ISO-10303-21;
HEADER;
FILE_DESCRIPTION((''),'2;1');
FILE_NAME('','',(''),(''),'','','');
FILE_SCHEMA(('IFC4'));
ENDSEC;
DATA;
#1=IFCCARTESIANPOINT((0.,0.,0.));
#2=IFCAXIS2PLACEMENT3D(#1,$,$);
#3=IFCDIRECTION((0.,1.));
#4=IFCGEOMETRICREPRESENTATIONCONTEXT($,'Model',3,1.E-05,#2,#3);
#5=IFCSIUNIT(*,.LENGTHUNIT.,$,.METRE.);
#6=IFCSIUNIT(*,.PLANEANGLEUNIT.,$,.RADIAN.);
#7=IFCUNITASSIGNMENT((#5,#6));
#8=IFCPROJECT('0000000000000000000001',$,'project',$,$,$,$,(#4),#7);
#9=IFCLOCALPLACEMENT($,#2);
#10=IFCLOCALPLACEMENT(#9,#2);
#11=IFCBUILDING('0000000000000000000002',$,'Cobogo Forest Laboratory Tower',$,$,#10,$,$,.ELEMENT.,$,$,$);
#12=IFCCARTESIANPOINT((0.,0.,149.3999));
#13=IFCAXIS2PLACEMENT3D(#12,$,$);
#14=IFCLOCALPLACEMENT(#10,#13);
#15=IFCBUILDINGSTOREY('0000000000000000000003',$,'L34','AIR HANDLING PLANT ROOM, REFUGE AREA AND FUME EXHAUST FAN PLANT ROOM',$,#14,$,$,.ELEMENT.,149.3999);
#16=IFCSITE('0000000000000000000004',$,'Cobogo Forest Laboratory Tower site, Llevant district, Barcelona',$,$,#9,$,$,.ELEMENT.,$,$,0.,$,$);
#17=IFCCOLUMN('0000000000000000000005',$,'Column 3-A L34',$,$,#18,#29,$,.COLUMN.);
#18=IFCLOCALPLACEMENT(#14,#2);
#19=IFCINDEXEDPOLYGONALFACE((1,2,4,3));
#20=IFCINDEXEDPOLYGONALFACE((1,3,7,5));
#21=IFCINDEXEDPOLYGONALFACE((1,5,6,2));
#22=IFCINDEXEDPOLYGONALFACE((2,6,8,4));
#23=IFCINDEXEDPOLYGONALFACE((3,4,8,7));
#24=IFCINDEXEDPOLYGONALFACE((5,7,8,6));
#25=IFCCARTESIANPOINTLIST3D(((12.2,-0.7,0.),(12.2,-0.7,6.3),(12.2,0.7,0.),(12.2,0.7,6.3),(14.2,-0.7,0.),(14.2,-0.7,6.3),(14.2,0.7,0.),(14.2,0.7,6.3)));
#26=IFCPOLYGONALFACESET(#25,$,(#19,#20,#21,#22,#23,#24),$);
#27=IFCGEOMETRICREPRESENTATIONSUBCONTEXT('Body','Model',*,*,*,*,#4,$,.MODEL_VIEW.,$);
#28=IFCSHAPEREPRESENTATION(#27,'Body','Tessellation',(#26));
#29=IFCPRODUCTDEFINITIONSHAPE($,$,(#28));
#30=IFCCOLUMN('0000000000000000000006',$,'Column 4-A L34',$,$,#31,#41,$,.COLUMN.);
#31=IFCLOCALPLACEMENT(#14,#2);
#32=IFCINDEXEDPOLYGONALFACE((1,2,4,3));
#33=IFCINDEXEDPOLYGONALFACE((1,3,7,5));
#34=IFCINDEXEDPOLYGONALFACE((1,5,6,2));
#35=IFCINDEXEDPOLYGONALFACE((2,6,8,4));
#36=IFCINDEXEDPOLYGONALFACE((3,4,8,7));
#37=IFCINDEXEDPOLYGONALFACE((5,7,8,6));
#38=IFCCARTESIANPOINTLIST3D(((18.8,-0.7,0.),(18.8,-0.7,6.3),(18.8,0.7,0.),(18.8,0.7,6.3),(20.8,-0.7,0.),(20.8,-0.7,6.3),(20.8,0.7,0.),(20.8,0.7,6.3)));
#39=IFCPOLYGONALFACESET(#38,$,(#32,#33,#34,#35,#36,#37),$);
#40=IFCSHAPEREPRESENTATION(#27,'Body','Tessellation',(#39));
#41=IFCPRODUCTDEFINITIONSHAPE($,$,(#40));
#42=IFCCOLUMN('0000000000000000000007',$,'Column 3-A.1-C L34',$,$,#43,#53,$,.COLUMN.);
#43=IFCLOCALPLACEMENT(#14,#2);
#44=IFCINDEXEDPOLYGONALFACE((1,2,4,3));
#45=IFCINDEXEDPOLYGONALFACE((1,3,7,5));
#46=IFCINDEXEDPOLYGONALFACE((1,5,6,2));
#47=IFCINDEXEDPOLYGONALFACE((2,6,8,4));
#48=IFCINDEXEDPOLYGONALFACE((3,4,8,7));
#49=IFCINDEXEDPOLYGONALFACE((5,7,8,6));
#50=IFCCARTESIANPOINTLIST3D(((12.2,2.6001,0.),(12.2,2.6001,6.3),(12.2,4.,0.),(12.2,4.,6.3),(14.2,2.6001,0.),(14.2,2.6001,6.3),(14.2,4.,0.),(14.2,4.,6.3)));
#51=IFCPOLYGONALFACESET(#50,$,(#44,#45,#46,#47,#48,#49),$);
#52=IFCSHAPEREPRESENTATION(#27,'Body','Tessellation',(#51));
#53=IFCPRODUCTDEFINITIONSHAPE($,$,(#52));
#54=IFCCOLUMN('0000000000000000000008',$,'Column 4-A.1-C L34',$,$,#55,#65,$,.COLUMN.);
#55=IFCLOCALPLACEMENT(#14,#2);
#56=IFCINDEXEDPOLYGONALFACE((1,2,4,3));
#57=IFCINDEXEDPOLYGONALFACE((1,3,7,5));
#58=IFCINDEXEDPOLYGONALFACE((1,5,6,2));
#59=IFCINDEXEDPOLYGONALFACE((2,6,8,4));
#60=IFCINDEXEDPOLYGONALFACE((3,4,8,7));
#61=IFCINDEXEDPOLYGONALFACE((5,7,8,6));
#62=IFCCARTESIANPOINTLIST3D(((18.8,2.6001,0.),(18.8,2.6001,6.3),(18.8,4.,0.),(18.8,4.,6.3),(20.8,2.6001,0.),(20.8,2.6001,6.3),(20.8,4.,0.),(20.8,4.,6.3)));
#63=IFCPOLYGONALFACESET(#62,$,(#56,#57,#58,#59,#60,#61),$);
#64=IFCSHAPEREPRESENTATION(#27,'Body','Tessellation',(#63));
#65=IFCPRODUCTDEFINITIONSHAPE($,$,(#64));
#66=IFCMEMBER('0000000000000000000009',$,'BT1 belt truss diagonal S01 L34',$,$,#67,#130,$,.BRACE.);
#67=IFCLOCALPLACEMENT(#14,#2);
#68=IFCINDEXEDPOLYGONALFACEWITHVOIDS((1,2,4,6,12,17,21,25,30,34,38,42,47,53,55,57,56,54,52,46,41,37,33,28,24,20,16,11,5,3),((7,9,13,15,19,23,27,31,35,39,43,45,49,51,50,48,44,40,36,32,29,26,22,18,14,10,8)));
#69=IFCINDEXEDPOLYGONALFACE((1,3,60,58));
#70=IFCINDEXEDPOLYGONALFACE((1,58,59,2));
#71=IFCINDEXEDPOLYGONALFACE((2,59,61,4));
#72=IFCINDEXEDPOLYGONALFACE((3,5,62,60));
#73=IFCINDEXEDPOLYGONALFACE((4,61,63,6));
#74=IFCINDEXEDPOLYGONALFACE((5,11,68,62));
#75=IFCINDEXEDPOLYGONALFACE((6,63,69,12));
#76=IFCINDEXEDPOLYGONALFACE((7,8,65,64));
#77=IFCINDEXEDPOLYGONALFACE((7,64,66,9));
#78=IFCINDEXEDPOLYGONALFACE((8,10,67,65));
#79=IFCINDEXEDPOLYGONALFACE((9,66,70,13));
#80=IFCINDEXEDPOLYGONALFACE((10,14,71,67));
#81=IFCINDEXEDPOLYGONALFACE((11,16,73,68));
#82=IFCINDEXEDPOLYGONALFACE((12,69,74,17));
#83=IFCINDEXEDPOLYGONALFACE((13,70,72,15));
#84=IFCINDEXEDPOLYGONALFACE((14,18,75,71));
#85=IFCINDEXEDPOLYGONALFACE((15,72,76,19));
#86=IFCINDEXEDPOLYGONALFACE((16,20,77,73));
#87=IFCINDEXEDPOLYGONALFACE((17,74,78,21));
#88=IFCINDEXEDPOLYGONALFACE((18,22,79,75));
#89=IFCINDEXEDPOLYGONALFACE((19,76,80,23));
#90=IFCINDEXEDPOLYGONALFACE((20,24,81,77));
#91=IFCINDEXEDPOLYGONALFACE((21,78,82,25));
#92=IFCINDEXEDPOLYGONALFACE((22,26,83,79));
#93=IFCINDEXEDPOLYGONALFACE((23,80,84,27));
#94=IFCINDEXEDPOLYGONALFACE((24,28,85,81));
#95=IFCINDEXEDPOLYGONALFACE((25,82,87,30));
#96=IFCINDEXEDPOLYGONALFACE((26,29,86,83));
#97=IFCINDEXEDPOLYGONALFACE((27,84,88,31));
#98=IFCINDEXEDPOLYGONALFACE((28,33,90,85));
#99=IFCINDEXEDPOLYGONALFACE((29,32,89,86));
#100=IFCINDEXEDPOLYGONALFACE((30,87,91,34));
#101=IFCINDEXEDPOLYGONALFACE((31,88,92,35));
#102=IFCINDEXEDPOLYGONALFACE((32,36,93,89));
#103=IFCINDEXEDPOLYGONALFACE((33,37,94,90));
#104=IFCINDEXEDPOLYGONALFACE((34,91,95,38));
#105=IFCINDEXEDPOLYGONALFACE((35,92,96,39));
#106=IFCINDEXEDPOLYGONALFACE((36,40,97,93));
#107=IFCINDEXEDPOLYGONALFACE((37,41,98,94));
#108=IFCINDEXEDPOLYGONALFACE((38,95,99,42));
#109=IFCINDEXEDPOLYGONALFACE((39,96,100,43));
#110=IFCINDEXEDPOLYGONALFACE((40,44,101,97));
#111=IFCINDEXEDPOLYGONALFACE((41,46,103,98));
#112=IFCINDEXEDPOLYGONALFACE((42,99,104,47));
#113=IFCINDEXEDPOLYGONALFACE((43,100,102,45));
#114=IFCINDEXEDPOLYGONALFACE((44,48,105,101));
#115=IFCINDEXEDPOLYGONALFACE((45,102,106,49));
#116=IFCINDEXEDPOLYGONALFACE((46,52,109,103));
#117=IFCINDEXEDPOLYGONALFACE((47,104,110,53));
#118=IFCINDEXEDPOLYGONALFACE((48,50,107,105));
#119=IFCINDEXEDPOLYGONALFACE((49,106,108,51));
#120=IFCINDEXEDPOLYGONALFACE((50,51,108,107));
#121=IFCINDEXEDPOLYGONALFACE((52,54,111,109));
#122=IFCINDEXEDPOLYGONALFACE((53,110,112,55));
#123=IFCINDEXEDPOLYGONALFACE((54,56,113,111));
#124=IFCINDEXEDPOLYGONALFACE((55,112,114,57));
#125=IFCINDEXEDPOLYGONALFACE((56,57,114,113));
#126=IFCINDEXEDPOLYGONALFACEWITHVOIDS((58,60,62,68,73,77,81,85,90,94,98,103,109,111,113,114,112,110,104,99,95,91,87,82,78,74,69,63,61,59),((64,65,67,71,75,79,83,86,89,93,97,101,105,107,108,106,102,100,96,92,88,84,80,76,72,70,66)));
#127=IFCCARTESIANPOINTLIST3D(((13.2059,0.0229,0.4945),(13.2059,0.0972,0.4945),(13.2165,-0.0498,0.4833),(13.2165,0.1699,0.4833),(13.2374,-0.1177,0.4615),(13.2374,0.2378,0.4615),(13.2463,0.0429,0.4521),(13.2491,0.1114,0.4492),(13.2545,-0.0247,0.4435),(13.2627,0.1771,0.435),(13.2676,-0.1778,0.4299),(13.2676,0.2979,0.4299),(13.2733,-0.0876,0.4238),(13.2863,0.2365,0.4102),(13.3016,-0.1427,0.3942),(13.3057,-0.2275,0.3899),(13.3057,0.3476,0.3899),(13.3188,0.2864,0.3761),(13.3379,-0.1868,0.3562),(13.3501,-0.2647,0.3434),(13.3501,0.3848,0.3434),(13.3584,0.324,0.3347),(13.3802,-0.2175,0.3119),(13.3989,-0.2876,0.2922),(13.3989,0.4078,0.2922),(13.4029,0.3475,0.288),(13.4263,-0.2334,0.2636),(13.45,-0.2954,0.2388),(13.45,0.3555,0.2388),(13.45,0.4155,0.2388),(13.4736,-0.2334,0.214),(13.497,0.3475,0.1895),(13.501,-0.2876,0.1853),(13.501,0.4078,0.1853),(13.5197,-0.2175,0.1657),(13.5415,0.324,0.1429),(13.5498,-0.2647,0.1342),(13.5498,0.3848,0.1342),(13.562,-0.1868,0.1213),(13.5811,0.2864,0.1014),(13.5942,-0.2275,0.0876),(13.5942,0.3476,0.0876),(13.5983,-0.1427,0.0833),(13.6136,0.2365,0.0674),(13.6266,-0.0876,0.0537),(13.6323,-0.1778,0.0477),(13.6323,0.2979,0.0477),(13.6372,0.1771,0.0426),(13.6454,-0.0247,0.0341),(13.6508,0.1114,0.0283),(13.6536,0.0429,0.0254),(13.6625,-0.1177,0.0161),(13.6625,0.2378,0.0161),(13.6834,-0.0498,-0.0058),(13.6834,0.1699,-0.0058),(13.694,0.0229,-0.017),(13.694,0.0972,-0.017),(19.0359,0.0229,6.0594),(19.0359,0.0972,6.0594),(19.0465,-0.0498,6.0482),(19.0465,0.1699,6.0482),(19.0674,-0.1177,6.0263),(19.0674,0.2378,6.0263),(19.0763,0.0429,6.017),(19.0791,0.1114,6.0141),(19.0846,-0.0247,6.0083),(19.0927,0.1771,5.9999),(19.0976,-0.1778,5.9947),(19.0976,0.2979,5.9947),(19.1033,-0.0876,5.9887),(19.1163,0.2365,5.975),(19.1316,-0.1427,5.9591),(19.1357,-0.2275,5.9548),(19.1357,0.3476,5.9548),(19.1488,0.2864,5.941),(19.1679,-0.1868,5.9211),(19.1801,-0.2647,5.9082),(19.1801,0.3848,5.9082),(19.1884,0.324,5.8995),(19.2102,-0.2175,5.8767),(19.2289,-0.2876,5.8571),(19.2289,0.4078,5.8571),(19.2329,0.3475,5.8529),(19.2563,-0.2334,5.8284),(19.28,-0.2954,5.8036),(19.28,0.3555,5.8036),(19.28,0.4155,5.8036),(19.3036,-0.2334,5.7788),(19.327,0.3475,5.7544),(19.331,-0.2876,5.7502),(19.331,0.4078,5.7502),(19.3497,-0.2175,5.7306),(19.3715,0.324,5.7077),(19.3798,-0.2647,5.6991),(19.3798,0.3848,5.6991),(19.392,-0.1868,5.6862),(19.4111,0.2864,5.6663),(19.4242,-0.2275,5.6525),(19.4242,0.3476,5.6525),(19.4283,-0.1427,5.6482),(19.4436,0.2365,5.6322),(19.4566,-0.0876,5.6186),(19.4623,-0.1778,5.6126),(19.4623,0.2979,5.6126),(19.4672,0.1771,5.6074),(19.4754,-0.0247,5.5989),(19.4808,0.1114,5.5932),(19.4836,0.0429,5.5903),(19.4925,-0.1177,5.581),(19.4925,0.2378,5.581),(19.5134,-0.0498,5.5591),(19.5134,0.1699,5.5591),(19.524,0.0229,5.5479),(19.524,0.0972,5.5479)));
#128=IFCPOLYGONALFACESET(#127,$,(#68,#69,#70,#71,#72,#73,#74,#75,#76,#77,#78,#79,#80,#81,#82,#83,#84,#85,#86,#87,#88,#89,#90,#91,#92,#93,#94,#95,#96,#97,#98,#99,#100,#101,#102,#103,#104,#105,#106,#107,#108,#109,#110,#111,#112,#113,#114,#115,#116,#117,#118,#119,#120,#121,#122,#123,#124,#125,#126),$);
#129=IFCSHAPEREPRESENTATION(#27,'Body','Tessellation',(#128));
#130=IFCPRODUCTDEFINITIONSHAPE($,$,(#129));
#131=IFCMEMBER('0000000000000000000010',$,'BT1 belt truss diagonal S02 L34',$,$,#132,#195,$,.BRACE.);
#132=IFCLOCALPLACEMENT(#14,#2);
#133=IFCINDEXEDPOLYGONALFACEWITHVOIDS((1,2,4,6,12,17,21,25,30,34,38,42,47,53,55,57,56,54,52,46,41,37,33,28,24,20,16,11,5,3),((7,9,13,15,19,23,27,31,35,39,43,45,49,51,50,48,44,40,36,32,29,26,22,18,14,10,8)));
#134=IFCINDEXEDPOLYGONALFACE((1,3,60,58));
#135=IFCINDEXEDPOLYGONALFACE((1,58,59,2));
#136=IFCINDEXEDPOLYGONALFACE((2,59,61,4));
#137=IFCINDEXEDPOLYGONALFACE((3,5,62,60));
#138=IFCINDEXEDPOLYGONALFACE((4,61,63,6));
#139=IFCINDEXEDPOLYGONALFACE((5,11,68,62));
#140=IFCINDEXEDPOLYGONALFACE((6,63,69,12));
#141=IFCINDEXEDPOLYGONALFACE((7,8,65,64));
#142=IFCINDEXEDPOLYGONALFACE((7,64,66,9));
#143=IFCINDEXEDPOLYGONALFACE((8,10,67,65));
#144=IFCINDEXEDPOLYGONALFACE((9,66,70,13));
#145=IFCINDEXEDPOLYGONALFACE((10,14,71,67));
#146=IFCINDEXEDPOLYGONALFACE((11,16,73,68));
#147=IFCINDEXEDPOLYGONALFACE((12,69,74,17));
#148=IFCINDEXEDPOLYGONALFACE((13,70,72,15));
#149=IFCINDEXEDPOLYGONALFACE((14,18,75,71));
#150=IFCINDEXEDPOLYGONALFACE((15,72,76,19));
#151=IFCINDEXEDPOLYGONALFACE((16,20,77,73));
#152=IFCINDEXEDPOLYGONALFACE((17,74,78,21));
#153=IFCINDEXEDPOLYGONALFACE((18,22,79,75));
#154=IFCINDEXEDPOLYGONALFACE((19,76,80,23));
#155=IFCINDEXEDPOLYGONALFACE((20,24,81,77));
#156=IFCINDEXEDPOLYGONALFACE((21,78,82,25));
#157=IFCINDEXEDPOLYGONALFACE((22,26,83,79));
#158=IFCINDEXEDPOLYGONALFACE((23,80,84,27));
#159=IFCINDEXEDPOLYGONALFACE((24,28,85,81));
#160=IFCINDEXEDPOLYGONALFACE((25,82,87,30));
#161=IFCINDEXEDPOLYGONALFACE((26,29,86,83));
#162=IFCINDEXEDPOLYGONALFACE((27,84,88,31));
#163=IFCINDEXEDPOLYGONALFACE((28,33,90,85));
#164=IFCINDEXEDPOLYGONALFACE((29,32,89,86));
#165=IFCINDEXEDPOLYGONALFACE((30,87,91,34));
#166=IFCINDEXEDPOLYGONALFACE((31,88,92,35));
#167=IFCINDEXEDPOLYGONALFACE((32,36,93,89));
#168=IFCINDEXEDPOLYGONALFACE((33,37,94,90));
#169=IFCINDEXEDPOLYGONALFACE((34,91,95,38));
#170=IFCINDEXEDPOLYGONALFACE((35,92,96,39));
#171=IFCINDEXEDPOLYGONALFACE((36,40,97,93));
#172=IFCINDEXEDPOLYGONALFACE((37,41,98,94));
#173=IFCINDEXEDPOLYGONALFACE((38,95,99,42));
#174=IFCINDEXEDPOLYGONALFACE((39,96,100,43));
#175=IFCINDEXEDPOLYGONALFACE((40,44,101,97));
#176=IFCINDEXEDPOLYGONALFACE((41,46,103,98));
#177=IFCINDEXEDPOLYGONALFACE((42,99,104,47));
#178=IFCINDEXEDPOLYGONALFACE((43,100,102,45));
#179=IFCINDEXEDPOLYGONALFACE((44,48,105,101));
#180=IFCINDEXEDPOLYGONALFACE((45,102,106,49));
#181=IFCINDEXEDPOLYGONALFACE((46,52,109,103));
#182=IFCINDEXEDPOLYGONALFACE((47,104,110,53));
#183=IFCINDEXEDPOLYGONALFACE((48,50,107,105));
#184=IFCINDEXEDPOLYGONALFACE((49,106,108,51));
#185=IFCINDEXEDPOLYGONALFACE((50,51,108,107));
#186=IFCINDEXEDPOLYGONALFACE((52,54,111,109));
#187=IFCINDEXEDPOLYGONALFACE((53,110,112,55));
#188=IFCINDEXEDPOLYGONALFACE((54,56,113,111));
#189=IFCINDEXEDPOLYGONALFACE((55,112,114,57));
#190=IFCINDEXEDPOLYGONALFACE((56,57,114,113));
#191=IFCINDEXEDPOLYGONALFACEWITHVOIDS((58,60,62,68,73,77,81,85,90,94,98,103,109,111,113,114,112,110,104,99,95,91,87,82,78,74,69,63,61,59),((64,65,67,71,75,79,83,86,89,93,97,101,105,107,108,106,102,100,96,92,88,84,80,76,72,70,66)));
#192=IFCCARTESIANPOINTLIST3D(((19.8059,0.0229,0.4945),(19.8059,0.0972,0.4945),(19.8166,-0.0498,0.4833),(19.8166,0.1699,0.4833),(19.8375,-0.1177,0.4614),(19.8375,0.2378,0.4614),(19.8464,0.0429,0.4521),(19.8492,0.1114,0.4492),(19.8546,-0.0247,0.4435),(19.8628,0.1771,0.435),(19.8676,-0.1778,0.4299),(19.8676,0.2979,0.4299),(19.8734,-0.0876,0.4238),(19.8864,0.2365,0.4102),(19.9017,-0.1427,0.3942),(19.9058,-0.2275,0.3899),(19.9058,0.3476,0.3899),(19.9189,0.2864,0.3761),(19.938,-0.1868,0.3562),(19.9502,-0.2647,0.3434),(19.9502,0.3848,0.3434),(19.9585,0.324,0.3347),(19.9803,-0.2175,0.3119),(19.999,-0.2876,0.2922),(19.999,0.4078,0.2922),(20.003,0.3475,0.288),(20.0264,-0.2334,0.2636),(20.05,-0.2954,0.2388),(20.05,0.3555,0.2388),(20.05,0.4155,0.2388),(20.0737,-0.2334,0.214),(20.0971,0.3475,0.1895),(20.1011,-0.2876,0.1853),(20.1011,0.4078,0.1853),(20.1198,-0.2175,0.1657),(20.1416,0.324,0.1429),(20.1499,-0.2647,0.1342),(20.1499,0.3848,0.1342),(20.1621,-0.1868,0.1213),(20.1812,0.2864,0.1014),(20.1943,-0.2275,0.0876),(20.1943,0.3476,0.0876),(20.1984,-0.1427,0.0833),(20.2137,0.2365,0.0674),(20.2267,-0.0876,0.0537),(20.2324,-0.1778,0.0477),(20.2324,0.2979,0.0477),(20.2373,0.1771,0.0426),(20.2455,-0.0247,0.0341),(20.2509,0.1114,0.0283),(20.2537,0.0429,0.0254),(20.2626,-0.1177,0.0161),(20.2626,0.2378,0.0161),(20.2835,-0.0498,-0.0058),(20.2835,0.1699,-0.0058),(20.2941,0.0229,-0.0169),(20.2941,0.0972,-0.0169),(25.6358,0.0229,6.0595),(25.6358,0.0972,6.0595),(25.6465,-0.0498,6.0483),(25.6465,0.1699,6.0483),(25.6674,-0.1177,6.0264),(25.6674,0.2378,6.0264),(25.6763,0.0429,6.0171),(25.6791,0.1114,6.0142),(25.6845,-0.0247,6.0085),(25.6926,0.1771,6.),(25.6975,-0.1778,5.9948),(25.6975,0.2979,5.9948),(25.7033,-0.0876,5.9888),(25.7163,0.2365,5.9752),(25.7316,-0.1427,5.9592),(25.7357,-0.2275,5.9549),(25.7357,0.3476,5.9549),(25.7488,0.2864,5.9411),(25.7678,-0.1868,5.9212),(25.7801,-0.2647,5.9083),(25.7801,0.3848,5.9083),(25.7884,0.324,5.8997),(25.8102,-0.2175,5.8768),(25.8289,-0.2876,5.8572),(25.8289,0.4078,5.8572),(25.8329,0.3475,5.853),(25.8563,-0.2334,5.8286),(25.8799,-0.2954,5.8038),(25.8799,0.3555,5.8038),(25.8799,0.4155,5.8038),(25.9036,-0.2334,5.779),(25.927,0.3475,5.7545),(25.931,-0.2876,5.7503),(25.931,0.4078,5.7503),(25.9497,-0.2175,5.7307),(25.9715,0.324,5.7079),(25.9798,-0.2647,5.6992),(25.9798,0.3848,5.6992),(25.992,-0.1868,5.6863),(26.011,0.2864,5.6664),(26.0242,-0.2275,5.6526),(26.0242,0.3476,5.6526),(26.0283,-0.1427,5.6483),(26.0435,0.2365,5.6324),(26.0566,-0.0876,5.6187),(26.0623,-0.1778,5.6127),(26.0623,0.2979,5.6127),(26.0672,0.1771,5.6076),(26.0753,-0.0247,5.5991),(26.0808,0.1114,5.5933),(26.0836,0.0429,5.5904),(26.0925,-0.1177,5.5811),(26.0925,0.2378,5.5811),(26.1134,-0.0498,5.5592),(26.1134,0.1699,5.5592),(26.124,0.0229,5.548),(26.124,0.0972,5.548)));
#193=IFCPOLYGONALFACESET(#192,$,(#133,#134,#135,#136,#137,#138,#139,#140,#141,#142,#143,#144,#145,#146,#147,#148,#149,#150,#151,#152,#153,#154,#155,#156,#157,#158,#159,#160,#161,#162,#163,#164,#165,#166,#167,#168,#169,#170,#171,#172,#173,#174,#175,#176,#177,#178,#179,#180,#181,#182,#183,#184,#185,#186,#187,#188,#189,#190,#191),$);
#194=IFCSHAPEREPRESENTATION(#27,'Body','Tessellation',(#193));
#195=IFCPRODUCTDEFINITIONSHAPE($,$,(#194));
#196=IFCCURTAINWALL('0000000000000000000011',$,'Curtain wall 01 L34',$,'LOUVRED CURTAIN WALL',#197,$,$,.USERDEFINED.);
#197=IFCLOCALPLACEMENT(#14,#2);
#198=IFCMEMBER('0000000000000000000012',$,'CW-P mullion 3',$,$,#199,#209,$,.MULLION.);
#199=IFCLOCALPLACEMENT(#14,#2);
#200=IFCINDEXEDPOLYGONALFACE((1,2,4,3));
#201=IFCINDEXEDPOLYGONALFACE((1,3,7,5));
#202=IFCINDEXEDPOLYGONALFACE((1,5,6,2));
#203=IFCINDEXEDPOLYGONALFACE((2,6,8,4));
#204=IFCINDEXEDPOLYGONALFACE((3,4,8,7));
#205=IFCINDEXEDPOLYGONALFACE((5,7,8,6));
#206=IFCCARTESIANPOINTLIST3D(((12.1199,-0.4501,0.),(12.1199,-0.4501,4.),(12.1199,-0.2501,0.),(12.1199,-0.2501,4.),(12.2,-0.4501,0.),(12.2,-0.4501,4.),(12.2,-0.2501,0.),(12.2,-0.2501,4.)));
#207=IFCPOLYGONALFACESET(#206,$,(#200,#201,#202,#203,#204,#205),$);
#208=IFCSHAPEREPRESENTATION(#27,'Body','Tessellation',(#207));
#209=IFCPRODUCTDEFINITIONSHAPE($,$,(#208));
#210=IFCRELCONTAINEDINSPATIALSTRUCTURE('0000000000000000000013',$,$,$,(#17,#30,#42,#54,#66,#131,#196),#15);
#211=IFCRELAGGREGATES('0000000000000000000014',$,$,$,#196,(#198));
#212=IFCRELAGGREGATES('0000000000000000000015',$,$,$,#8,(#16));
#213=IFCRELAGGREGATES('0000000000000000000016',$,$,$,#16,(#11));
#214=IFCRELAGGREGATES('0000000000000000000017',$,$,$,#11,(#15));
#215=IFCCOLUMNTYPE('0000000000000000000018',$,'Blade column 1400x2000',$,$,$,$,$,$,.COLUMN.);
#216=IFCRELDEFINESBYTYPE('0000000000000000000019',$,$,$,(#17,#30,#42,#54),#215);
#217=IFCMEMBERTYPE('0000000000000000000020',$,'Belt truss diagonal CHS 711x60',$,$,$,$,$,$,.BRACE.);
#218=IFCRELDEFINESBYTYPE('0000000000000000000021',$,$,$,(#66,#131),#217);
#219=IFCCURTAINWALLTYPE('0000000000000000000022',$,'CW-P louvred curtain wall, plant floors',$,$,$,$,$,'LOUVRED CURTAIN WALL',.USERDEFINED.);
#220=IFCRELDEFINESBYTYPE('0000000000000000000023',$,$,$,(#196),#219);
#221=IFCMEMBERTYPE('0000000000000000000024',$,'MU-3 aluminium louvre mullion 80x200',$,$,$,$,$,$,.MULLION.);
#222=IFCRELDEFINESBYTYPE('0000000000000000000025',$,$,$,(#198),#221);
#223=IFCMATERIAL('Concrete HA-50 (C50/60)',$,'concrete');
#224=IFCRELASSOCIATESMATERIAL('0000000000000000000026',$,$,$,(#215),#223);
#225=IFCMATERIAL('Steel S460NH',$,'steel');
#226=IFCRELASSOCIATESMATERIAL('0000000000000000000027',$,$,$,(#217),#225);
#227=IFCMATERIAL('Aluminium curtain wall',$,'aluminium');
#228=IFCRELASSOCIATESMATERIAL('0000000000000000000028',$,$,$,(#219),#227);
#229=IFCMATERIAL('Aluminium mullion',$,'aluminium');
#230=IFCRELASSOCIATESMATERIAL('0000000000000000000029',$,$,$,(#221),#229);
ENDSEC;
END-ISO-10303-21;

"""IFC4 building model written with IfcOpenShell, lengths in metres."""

from ifc_helpers import new_model, si_unit, direction, frame, origin, origin_2d, place, context, subcontext, project, spatial, rectangle, hollow_circle, extrude, material, material_profile, profile_set, type_object, element, aggregate, save


model = new_model("IFC4")

# Units and contexts
model_context = context("Model", 3, precision=1e-05, world=origin(), true_north=direction((0.0, 1.0)))
body_context = subcontext(model_context, "Body", "Model", "MODEL_VIEW")
ifc_project = project(units=[si_unit("LENGTHUNIT", "METRE"), si_unit("PLANEANGLEUNIT", "RADIAN")], contexts=[model_context])

# Site, building, storey
site_placement = place(None, origin())
site = spatial("IfcSite", under=ifc_project, at=site_placement, Name="Cobogo Forest Laboratory Tower site, Llevant district, Barcelona", CompositionType="ELEMENT", RefElevation=0.0)
building_placement = place(site_placement, origin())
building = spatial("IfcBuilding", under=site, at=building_placement, Name="Cobogo Forest Laboratory Tower", CompositionType="ELEMENT")
storey_placement = place(building_placement, frame((0.0, 0.0, 149.3999)))
storey = spatial("IfcBuildingStorey", under=building, at=storey_placement, Name="L34", Description="AIR HANDLING PLANT ROOM, REFUGE AREA AND FUME EXHAUST FAN PLANT ROOM", CompositionType="ELEMENT", Elevation=149.3999)

# Columns
ifc_material_1 = material(Name="Concrete HA-50 (C50/60)", Category="concrete")
ifc_material_profile_1 = material_profile(ifc_material_1, rectangle(XDim=2.0, YDim=1.3999, at=origin_2d()), Name="RC 1400x2000")
ifc_profile_set_1 = profile_set([ifc_material_profile_1], Name="Concrete HA-50 (C50/60)")
column_type = type_object("IfcColumnType", Name="Blade column 1400x2000", PredefinedType="COLUMN", material=ifc_profile_set_1)
for number, where, z_axis, x_axis, name in (
    (1, (13.2, 0.0, 0.0), (0.0, 0.0, 1.0), (1.0, 0.0, 0.0), "Column 3-A L34"),
    (2, (19.8, 0.0, 0.0), (0.0, 0.0, 1.0), (1.0, 0.0, 0.0), "Column 4-A L34"),
    (3, (13.2, 3.3, 0.0), (0.0, 0.0, 1.0), (1.0, 0.0, 0.0), "Column 3-A.1-C L34"),
    (4, (19.8, 3.3, 0.0), (0.0, 0.0, 1.0), (1.0, 0.0, 0.0), "Column 4-A.1-C L34"),
):
    element("IfcColumn", number, at=place(storey_placement, frame(where, z_axis=z_axis, x_axis=x_axis)), inside=storey, type_object=column_type, Name=name, PredefinedType="COLUMN", context=body_context, shape_type="SweptSolid", body=[
        extrude(rectangle(XDim=2.0, YDim=1.3999, at=origin_2d()), origin(), (0.0, 0.0, 1.0), 6.3),
    ])

# Members
ifc_material_2 = material(Name="Steel S460NH", Category="steel")
ifc_material_profile_2 = material_profile(ifc_material_2, hollow_circle(Radius=0.3555, WallThickness=0.0601, at=origin_2d()), Name="CHS 711x60")
ifc_profile_set_2 = profile_set([ifc_material_profile_2], Name="Steel S460NH")
member_type_1 = type_object("IfcMemberType", Name="Belt truss diagonal CHS 711x60", PredefinedType="BRACE", material=ifc_profile_set_2)
for number, where, z_axis, x_axis, name in (
    (5, (13.45, 0.0601, 0.2388), (0.723364, 0.0, 0.690467), (0.0, 1.0, 0.0), "BT1 belt truss diagonal S01 L34"),
    (6, (20.05, 0.0601, 0.2388), (0.723349, 0.0, 0.690482), (0.0, 1.0, 0.0), "BT1 belt truss diagonal S02 L34"),
):
    element("IfcMember", number, at=place(storey_placement, frame(where, z_axis=z_axis, x_axis=x_axis)), inside=storey, type_object=member_type_1, Name=name, PredefinedType="BRACE", context=body_context, shape_type="SweptSolid", body=[
        extrude(hollow_circle(Radius=0.3555, WallThickness=0.0601, at=origin_2d()), origin(), (0.0, 0.0, 1.0), 8.0596),
    ])

# Curtain wall, member
ifc_material_3 = material(Name="Aluminium curtain wall", Category="aluminium")
curtain_wall_type = type_object("IfcCurtainWallType", Name="CW-P louvred curtain wall, plant floors", ElementType="LOUVRED CURTAIN WALL", PredefinedType="USERDEFINED", material=ifc_material_3)
curtain_wall_1_placement = place(storey_placement, origin())
curtain_wall_1 = element("IfcCurtainWall", 7, at=curtain_wall_1_placement, inside=storey, type_object=curtain_wall_type, Name="Curtain wall 01 L34", ObjectType="LOUVRED CURTAIN WALL", PredefinedType="USERDEFINED")
ifc_material_4 = material(Name="Aluminium mullion", Category="aluminium")
ifc_material_profile_3 = material_profile(ifc_material_4, rectangle(XDim=0.0801, YDim=0.2, at=origin_2d()), Name="AL 80x200")
ifc_profile_set_3 = profile_set([ifc_material_profile_3], Name="Aluminium mullion")
member_type_2 = type_object("IfcMemberType", Name="MU-3 aluminium louvre mullion 80x200", PredefinedType="MULLION", material=ifc_profile_set_3)
member_1_placement = place(storey_placement, frame((12.1599, -0.3501, 0.0), z_axis=(0.0, 0.0, 1.0), x_axis=(1.0, 0.0, 0.0)))
member_1 = element("IfcMember", 8, at=member_1_placement, type_object=member_type_2, Name="CW-P mullion 3", PredefinedType="MULLION", context=body_context, shape_type="SweptSolid", body=[
    extrude(rectangle(XDim=0.0801, YDim=0.2, at=origin_2d()), origin(), (0.0, 0.0, 1.0), 4.0),
])

aggregate(curtain_wall_1, [member_1])

save(model, "model.ifc")
